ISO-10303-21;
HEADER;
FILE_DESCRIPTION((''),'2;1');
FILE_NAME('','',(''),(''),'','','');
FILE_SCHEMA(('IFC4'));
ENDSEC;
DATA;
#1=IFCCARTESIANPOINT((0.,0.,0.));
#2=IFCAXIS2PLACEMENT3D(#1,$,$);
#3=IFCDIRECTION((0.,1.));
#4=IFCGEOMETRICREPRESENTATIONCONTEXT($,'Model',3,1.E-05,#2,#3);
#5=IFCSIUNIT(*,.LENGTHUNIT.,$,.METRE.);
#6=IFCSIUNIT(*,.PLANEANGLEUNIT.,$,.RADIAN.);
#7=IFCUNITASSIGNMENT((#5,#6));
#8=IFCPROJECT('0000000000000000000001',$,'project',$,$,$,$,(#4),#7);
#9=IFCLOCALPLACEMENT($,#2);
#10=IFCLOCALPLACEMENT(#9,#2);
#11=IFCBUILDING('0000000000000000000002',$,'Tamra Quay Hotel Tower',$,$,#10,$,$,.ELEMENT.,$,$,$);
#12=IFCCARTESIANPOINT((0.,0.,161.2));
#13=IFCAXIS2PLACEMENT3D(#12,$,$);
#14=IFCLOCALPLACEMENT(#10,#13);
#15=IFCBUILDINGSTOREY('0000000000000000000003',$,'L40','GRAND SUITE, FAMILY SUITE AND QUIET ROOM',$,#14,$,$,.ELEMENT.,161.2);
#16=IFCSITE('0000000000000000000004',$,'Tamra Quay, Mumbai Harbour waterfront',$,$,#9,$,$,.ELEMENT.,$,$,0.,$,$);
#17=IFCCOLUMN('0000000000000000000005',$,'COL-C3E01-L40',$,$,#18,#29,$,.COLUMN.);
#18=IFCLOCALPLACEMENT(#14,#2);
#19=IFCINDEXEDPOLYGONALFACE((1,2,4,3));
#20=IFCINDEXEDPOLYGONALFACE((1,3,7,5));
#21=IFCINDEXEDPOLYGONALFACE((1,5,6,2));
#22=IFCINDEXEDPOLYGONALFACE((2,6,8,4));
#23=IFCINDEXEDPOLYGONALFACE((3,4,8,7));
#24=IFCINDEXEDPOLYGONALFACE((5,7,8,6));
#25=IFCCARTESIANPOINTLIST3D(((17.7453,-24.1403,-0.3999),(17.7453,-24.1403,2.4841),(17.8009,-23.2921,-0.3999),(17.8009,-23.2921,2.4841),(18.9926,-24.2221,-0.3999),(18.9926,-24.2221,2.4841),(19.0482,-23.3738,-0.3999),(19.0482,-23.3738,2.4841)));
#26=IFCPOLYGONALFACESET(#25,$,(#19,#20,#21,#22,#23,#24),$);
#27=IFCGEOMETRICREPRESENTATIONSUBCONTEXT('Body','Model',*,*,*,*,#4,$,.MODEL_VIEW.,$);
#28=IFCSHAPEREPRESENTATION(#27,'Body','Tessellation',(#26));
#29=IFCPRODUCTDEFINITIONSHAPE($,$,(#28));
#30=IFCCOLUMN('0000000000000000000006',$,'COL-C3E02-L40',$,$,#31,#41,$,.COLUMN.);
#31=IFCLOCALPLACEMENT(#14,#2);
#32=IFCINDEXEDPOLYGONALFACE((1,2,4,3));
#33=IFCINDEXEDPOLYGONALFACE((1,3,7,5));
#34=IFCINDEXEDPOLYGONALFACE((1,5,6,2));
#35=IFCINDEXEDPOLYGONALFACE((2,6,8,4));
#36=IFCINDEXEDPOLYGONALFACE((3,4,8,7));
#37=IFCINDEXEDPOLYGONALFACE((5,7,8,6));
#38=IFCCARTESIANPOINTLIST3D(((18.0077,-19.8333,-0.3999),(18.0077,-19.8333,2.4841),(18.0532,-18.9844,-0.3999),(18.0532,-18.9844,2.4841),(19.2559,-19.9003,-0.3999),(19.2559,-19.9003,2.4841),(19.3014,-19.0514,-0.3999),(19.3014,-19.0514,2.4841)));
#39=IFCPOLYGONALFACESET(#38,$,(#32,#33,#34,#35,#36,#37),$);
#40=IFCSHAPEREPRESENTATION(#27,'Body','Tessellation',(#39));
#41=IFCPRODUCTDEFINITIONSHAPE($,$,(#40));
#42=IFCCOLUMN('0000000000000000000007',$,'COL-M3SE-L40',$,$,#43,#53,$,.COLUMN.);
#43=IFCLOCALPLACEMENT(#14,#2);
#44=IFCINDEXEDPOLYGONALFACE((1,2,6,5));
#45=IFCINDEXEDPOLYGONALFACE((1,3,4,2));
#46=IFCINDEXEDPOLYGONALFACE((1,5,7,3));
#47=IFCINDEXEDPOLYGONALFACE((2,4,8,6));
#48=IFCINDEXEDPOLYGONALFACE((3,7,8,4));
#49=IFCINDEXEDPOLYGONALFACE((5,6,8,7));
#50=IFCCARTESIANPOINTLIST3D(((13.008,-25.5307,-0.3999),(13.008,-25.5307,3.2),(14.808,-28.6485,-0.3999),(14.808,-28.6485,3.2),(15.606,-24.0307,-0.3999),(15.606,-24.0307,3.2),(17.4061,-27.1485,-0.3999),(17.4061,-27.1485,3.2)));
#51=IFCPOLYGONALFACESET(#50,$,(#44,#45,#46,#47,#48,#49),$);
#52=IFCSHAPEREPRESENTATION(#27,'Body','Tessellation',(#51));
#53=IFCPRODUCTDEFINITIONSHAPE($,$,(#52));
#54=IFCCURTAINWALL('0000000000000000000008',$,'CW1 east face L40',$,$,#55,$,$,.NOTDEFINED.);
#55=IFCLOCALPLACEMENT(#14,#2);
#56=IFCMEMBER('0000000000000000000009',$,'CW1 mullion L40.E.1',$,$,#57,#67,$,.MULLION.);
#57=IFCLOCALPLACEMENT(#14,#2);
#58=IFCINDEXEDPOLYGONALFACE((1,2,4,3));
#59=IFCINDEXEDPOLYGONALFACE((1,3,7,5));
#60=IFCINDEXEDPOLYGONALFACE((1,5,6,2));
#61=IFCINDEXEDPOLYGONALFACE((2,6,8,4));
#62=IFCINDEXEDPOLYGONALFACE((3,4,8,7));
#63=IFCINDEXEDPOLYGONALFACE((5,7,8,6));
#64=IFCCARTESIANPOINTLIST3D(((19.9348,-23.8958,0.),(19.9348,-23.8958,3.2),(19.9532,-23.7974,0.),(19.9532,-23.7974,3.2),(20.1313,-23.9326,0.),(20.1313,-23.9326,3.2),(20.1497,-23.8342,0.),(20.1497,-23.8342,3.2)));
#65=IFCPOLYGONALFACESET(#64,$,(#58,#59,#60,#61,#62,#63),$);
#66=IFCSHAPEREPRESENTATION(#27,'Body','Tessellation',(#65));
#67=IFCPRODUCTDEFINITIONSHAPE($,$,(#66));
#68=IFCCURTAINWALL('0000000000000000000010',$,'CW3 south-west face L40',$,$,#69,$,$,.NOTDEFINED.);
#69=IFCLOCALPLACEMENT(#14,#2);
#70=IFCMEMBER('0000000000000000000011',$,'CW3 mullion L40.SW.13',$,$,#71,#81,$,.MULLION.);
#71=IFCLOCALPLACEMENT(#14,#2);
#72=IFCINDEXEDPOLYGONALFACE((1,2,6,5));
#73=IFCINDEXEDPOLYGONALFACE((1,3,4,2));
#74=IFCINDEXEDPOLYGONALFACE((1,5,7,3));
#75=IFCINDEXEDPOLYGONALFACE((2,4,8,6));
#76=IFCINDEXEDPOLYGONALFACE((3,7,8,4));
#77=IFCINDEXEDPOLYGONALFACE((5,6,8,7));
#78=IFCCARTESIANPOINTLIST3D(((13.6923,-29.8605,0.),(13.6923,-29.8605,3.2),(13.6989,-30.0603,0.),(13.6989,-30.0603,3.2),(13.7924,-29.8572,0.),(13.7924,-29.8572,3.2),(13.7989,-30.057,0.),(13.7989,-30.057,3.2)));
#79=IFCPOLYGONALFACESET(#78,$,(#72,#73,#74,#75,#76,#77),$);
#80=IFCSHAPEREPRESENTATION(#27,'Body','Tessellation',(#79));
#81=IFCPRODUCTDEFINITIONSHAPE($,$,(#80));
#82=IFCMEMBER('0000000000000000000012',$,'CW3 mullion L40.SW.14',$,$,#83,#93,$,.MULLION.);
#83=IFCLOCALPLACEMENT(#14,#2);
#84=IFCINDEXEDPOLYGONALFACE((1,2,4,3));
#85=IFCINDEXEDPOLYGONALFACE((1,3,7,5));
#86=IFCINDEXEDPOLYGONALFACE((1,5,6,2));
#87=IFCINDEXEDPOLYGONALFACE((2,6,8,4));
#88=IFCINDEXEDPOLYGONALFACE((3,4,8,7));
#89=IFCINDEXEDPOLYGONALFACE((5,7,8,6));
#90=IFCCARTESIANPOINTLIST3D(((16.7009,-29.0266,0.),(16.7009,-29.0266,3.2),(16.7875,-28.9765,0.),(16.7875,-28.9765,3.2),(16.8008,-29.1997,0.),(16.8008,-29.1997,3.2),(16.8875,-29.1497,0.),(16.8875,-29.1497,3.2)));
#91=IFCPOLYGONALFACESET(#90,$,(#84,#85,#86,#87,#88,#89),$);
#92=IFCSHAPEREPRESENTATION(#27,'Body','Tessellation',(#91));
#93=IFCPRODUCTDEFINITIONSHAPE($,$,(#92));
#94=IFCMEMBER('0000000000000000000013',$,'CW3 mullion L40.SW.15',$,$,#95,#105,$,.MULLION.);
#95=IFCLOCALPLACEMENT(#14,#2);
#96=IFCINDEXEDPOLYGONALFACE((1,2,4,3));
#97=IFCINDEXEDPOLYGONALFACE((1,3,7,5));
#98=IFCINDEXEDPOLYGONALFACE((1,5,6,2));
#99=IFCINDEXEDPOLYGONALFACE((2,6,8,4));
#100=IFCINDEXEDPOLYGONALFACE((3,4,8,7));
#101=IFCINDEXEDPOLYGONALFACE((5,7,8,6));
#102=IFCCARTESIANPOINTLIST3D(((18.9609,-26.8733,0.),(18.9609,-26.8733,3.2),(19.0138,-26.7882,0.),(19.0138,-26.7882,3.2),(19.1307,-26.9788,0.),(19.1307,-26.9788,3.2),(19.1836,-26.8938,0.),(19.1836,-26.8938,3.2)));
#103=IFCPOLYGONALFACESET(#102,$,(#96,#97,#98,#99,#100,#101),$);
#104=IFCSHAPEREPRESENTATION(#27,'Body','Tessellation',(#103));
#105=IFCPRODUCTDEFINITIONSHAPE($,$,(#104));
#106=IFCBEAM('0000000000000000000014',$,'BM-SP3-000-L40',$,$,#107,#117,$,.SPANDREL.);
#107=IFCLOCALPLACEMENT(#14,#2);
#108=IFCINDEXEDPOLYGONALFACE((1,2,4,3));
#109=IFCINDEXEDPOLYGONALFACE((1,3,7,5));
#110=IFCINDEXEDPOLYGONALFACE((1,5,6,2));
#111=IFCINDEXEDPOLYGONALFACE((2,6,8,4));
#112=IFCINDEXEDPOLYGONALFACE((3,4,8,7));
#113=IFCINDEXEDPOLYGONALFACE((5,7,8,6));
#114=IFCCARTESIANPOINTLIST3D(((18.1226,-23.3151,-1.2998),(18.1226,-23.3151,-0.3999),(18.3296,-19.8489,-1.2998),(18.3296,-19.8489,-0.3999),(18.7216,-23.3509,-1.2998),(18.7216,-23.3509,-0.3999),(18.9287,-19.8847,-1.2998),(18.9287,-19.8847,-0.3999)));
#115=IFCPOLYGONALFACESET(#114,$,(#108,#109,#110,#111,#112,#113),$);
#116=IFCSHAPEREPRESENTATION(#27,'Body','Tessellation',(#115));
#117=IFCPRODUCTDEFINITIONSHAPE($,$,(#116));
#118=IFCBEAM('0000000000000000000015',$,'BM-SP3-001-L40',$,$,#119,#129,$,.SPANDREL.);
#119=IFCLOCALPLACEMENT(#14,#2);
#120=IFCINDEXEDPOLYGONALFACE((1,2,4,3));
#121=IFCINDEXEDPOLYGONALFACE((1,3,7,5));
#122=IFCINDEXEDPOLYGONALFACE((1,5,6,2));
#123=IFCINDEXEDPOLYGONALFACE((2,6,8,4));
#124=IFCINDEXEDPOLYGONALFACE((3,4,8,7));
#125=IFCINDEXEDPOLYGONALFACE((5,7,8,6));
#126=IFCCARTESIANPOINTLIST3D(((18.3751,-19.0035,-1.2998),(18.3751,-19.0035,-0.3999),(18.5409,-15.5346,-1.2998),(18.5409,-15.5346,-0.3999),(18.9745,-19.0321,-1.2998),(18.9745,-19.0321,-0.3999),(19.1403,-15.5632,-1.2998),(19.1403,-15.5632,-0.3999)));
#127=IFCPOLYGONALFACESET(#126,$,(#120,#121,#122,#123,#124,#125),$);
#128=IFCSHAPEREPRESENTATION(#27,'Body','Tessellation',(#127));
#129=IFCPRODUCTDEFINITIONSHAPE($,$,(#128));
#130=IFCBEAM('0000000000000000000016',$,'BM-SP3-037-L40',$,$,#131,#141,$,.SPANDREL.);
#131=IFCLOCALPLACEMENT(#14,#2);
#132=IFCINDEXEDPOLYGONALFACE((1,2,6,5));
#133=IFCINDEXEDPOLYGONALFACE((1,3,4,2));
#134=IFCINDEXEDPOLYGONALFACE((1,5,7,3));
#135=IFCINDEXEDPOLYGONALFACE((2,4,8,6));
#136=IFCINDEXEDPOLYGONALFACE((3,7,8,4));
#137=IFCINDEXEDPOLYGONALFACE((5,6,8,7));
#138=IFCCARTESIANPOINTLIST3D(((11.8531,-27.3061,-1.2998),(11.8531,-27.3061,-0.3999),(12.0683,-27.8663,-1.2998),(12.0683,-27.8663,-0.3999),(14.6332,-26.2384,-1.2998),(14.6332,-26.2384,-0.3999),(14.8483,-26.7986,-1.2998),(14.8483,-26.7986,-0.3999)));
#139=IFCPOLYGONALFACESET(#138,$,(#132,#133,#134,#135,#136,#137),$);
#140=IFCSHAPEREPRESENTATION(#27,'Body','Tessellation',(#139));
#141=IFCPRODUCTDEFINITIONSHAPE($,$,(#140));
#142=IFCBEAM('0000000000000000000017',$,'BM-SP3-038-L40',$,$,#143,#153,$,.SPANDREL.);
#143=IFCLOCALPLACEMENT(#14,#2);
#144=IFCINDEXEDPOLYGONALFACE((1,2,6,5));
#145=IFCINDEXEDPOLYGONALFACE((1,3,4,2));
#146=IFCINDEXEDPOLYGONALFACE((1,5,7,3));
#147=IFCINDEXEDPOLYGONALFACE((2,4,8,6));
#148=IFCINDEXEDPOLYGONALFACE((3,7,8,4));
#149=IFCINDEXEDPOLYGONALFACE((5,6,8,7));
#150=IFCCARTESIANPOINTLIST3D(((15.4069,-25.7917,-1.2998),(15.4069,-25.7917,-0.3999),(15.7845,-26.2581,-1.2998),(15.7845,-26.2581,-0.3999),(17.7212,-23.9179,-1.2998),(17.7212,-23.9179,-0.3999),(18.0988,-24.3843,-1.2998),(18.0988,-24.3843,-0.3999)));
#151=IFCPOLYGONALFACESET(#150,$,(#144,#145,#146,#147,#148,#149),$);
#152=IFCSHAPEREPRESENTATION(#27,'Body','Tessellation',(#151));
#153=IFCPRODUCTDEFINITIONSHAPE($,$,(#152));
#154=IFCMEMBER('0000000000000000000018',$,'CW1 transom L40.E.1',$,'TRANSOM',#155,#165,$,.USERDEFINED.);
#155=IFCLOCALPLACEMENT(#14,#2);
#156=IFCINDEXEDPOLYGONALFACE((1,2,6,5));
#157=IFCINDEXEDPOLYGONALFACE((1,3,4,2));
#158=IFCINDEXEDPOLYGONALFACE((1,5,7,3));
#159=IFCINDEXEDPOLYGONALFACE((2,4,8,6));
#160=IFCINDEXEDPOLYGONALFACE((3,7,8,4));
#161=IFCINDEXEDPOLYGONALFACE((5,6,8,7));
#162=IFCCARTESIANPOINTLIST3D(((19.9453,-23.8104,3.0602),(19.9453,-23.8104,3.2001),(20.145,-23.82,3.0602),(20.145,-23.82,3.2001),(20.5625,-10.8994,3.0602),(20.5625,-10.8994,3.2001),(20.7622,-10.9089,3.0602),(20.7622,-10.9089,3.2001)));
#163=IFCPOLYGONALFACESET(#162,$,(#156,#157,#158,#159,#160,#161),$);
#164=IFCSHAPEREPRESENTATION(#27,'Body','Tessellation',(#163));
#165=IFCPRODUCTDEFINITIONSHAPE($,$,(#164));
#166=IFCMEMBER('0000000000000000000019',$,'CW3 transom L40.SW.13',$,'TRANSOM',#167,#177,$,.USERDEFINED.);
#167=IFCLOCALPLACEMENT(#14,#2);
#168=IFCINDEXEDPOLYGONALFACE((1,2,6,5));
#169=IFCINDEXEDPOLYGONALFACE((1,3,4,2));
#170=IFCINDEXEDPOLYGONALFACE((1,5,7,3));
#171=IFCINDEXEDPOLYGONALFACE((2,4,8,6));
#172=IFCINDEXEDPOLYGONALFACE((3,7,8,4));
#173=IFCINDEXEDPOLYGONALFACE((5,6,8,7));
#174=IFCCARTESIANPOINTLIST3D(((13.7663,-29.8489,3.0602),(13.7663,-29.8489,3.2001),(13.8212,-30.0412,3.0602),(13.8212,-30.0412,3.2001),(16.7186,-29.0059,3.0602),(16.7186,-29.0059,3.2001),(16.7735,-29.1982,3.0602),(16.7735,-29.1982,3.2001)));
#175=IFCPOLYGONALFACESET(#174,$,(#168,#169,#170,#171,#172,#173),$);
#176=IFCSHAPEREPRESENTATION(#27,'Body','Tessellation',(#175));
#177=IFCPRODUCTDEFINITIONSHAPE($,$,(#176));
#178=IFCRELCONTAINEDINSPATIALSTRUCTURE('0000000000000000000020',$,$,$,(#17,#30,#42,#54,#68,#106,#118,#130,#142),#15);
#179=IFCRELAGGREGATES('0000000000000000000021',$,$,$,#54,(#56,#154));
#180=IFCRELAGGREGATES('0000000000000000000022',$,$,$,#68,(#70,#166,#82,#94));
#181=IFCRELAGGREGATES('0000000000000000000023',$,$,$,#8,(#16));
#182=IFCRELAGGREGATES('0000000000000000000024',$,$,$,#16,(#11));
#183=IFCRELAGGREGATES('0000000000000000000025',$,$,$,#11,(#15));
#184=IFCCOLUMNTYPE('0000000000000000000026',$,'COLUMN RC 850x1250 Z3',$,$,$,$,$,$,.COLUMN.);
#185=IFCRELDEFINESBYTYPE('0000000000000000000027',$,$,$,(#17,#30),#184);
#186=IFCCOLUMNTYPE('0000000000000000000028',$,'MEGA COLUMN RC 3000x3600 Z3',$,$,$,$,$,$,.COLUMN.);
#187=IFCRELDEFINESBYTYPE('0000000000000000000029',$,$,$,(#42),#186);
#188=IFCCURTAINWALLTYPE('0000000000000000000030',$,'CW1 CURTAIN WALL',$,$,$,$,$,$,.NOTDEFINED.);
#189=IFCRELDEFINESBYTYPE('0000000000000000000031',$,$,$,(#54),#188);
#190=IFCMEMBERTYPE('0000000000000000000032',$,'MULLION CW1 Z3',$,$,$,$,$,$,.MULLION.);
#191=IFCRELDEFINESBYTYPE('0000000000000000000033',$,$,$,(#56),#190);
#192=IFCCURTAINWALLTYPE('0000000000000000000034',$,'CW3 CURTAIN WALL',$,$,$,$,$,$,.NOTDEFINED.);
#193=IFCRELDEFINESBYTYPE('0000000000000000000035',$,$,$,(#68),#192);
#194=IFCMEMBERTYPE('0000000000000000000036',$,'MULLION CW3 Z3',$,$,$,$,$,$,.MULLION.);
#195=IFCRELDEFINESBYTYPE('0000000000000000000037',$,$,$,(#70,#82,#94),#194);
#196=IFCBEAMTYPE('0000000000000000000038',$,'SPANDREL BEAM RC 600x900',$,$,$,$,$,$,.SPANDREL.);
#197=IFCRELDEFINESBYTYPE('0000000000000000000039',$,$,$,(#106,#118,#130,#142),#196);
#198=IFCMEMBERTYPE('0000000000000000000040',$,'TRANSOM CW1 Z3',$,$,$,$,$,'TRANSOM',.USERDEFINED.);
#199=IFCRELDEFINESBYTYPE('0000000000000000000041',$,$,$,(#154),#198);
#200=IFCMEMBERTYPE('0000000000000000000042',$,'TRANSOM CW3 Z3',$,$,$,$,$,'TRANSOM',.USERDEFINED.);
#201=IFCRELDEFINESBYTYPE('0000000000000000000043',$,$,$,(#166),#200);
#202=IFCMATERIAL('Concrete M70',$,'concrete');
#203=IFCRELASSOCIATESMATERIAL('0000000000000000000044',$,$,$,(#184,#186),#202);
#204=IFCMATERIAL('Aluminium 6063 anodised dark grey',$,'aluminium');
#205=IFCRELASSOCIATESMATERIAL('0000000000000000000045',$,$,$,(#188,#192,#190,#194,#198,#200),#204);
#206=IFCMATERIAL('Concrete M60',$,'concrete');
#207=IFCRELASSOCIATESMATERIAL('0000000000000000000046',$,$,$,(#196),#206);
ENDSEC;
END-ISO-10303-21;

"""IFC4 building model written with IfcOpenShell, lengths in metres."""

from ifc_helpers import new_model, si_unit, direction, frame, origin, origin_2d, place, context, subcontext, project, spatial, rectangle, extrude, material, material_profile, profile_set, type_object, element, aggregate, save


model = new_model("IFC4")

# Units and contexts
model_context = context("Model", 3, precision=1e-05, world=origin(), true_north=direction((0.0, 1.0)))
body_context = subcontext(model_context, "Body", "Model", "MODEL_VIEW")
ifc_project = project(units=[si_unit("LENGTHUNIT", "METRE"), si_unit("PLANEANGLEUNIT", "RADIAN")], contexts=[model_context])

# Site, building, storey
site_placement = place(None, origin())
site = spatial("IfcSite", under=ifc_project, at=site_placement, Name="Tamra Quay, Mumbai Harbour waterfront", CompositionType="ELEMENT", RefElevation=0.0)
building_placement = place(site_placement, origin())
building = spatial("IfcBuilding", under=site, at=building_placement, Name="Tamra Quay Hotel Tower", CompositionType="ELEMENT")
storey_placement = place(building_placement, frame((0.0, 0.0, 161.2)))
storey = spatial("IfcBuildingStorey", under=building, at=storey_placement, Name="L40", Description="GRAND SUITE, FAMILY SUITE AND QUIET ROOM", CompositionType="ELEMENT", Elevation=161.2)

# Columns
ifc_material_1 = material(Name="Concrete M70", Category="concrete")
ifc_material_profile_1 = material_profile(ifc_material_1, rectangle(XDim=1.25, YDim=0.8501, at=origin_2d()), Name="COLUMN RC 850x1250 Z3")
ifc_profile_set_1 = profile_set([ifc_material_profile_1], Name="Concrete M70")
column_type_1 = type_object("IfcColumnType", Name="COLUMN RC 850x1250 Z3", PredefinedType="COLUMN", material=ifc_profile_set_1)
for number, where, z_axis, x_axis, name in (
    (1, (18.3967, -23.7571, -0.3999), (0.0, 0.0, 1.0), (-0.997858, 0.065419, 0.0), "COL-C3E01-L40"),
    (2, (18.6545, -19.4424, -0.3999), (0.0, 0.0, 1.0), (-0.998562, 0.053603, 0.0), "COL-C3E02-L40"),
):
    element("IfcColumn", number, at=place(storey_placement, frame(where, z_axis=z_axis, x_axis=x_axis)), inside=storey, type_object=column_type_1, Name=name, PredefinedType="COLUMN", context=body_context, shape_type="SweptSolid", body=[
        extrude(rectangle(XDim=1.25, YDim=0.8501, at=origin_2d()), origin(), (0.0, 0.0, 1.0), 2.884),
    ])
ifc_material_profile_2 = material_profile(ifc_material_1, rectangle(XDim=3.6001, YDim=3.0, at=origin_2d()), Name="MEGA COLUMN RC 3000x3600 Z3")
ifc_profile_set_2 = profile_set([ifc_material_profile_2], Name="Concrete M70")
column_type_2 = type_object("IfcColumnType", Name="MEGA COLUMN RC 3000x3600 Z3", PredefinedType="COLUMN", material=ifc_profile_set_2)
column_placement = place(storey_placement, frame((15.207, -26.3396, -0.3999), z_axis=(0.0, 0.0, 1.0), x_axis=(-0.5, 0.866025, 0.0)))
element("IfcColumn", 3, at=column_placement, inside=storey, type_object=column_type_2, Name="COL-M3SE-L40", PredefinedType="COLUMN", context=body_context, shape_type="SweptSolid", body=[
    extrude(rectangle(XDim=3.6001, YDim=3.0, at=origin_2d()), origin(), (0.0, 0.0, 1.0), 3.5999),
])

# Curtain wall, member
ifc_material_2 = material(Name="Aluminium 6063 anodised dark grey", Category="aluminium")
curtain_wall_type_1 = type_object("IfcCurtainWallType", Name="CW1 CURTAIN WALL", PredefinedType="NOTDEFINED", material=ifc_material_2)
curtain_wall_1_placement = place(storey_placement, origin())
curtain_wall_1 = element("IfcCurtainWall", 4, at=curtain_wall_1_placement, inside=storey, type_object=curtain_wall_type_1, Name="CW1 east face L40", PredefinedType="NOTDEFINED")
ifc_material_profile_3 = material_profile(ifc_material_2, rectangle(XDim=0.2, YDim=0.1001, at=origin_2d()), Name="MULLION 100X200")
ifc_profile_set_3 = profile_set([ifc_material_profile_3], Name="Aluminium 6063 anodised dark grey")
member_type_1 = type_object("IfcMemberType", Name="MULLION CW1 Z3", PredefinedType="MULLION", material=ifc_profile_set_3)
member_1_placement = place(storey_placement, frame((20.0422, -23.865, 0.0), z_axis=(0.0, 0.0, 1.0), x_axis=(0.982883, -0.18423, 0.0)))
member_1 = element("IfcMember", 5, at=member_1_placement, type_object=member_type_1, Name="CW1 mullion L40.E.1", PredefinedType="MULLION", context=body_context, shape_type="SweptSolid", body=[
    extrude(rectangle(XDim=0.2, YDim=0.1001, at=origin_2d()), origin(), (0.0, 0.0, 1.0), 3.2),
])

# Curtain wall, members
curtain_wall_type_2 = type_object("IfcCurtainWallType", Name="CW3 CURTAIN WALL", PredefinedType="NOTDEFINED", material=ifc_material_2)
curtain_wall_2_placement = place(storey_placement, origin())
curtain_wall_2 = element("IfcCurtainWall", 6, at=curtain_wall_2_placement, inside=storey, type_object=curtain_wall_type_2, Name="CW3 south-west face L40", PredefinedType="NOTDEFINED")
ifc_material_profile_4 = material_profile(ifc_material_2, rectangle(XDim=0.2, YDim=0.1001, at=origin_2d()), Name="MULLION 100X200")
ifc_profile_set_4 = profile_set([ifc_material_profile_4], Name="Aluminium 6063 anodised dark grey")
member_type_2 = type_object("IfcMemberType", Name="MULLION CW3 Z3", PredefinedType="MULLION", material=ifc_profile_set_4)
member_2_placement = place(storey_placement, frame((13.7456, -29.9587, 0.0), z_axis=(0.0, 0.0, 1.0), x_axis=(0.032727, -0.999464, 0.0)))
member_2 = element("IfcMember", 7, at=member_2_placement, type_object=member_type_2, Name="CW3 mullion L40.SW.13", PredefinedType="MULLION", context=body_context, shape_type="SweptSolid", body=[
    extrude(rectangle(XDim=0.2, YDim=0.1001, at=origin_2d()), origin(), (0.0, 0.0, 1.0), 3.2),
])
member_3_placement = place(storey_placement, frame((16.7942, -29.0881, 0.0), z_axis=(0.0, 0.0, 1.0), x_axis=(0.5, -0.866025, 0.0)))
member_3 = element("IfcMember", 8, at=member_3_placement, type_object=member_type_2, Name="CW3 mullion L40.SW.14", PredefinedType="MULLION", context=body_context, shape_type="SweptSolid", body=[
    extrude(rectangle(XDim=0.2, YDim=0.1001, at=origin_2d()), origin(), (0.0, 0.0, 1.0), 3.2),
])
member_4_placement = place(storey_placement, frame((19.0723, -26.8835, 0.0), z_axis=(0.0, 0.0, 1.0), x_axis=(0.849198, -0.528075, 0.0)))
member_4 = element("IfcMember", 9, at=member_4_placement, type_object=member_type_2, Name="CW3 mullion L40.SW.15", PredefinedType="MULLION", context=body_context, shape_type="SweptSolid", body=[
    extrude(rectangle(XDim=0.2, YDim=0.1001, at=origin_2d()), origin(), (0.0, 0.0, 1.0), 3.2),
])

# Beams
ifc_material_3 = material(Name="Concrete M60", Category="concrete")
ifc_material_profile_5 = material_profile(ifc_material_3, rectangle(XDim=0.6001, YDim=0.8999, at=origin_2d()), Name="SPANDREL BEAM RC 600x900")
ifc_profile_set_5 = profile_set([ifc_material_profile_5], Name="Concrete M60")
beam_type = type_object("IfcBeamType", Name="SPANDREL BEAM RC 600x900", PredefinedType="SPANDREL", material=ifc_profile_set_5)
beam_1_placement = place(storey_placement, frame((18.4221, -23.333, -0.8499), z_axis=(0.05962, 0.998221, 0.0), x_axis=(-0.998221, 0.05962, 0.0)))
element("IfcBeam", 10, at=beam_1_placement, inside=storey, type_object=beam_type, Name="BM-SP3-000-L40", PredefinedType="SPANDREL", context=body_context, shape_type="SweptSolid", body=[
    extrude(rectangle(XDim=0.6001, YDim=0.8999, at=origin_2d()), origin(), (0.0, 0.0, 1.0), 3.4724),
])
beam_2_placement = place(storey_placement, frame((18.6748, -19.0178, -0.8499), z_axis=(0.047732, 0.99886, 0.0), x_axis=(-0.99886, 0.047732, 0.0)))
element("IfcBeam", 11, at=beam_2_placement, inside=storey, type_object=beam_type, Name="BM-SP3-001-L40", PredefinedType="SPANDREL", context=body_context, shape_type="SweptSolid", body=[
    extrude(rectangle(XDim=0.6001, YDim=0.8999, at=origin_2d()), origin(), (0.0, 0.0, 1.0), 3.4729),
])
beam_3_placement = place(storey_placement, frame((11.9607, -27.5862, -0.8499), z_axis=(0.933527, 0.358507, 0.0), x_axis=(-0.358507, 0.933527, 0.0)))
element("IfcBeam", 12, at=beam_3_placement, inside=storey, type_object=beam_type, Name="BM-SP3-037-L40", PredefinedType="SPANDREL", context=body_context, shape_type="SweptSolid", body=[
    extrude(rectangle(XDim=0.6001, YDim=0.8999, at=origin_2d()), origin(), (0.0, 0.0, 1.0), 2.978),
])
beam_4_placement = place(storey_placement, frame((15.5957, -26.0249, -0.8499), z_axis=(0.777184, 0.629274, 0.0), x_axis=(-0.629274, 0.777184, 0.0)))
element("IfcBeam", 13, at=beam_4_placement, inside=storey, type_object=beam_type, Name="BM-SP3-038-L40", PredefinedType="SPANDREL", context=body_context, shape_type="SweptSolid", body=[
    extrude(rectangle(XDim=0.6001, YDim=0.8999, at=origin_2d()), origin(), (0.0, 0.0, 1.0), 2.9778),
])

# Members
ifc_material_profile_6 = material_profile(ifc_material_2, rectangle(XDim=0.2, YDim=0.1399, at=origin_2d()), Name="TRANSOM 200X140")
ifc_profile_set_6 = profile_set([ifc_material_profile_6], Name="Aluminium 6063 anodised dark grey")
member_type_3 = type_object("IfcMemberType", Name="TRANSOM CW1 Z3", ElementType="TRANSOM", PredefinedType="USERDEFINED", material=ifc_profile_set_6)
member_5_placement = place(storey_placement, frame((20.0452, -23.8152, 3.1301), z_axis=(0.047748, 0.998859, 0.0), x_axis=(-0.998859, 0.047748, 0.0)))
member_5 = element("IfcMember", 14, at=member_5_placement, type_object=member_type_3, Name="CW1 transom L40.E.1", ObjectType="TRANSOM", PredefinedType="USERDEFINED", context=body_context, shape_type="SweptSolid", body=[
    extrude(rectangle(XDim=0.2, YDim=0.1399, at=origin_2d()), origin(), (0.0, 0.0, 1.0), 12.9258),
])
ifc_material_profile_7 = material_profile(ifc_material_2, rectangle(XDim=0.2, YDim=0.1399, at=origin_2d()), Name="TRANSOM 200X140")
ifc_profile_set_7 = profile_set([ifc_material_profile_7], Name="Aluminium 6063 anodised dark grey")
member_type_4 = type_object("IfcMemberType", Name="TRANSOM CW3 Z3", ElementType="TRANSOM", PredefinedType="USERDEFINED", material=ifc_profile_set_7)
member_6_placement = place(storey_placement, frame((13.7937, -29.9451, 3.1301), z_axis=(0.961569, 0.274564, 0.0), x_axis=(-0.274564, 0.961569, 0.0)))
member_6 = element("IfcMember", 15, at=member_6_placement, type_object=member_type_4, Name="CW3 transom L40.SW.13", ObjectType="TRANSOM", PredefinedType="USERDEFINED", context=body_context, shape_type="SweptSolid", body=[
    extrude(rectangle(XDim=0.2, YDim=0.1399, at=origin_2d()), origin(), (0.0, 0.0, 1.0), 3.0703),
])

aggregate(curtain_wall_1, [member_1, member_5])
aggregate(curtain_wall_2, [member_2, member_6, member_3, member_4])

save(model, "model.ifc")
